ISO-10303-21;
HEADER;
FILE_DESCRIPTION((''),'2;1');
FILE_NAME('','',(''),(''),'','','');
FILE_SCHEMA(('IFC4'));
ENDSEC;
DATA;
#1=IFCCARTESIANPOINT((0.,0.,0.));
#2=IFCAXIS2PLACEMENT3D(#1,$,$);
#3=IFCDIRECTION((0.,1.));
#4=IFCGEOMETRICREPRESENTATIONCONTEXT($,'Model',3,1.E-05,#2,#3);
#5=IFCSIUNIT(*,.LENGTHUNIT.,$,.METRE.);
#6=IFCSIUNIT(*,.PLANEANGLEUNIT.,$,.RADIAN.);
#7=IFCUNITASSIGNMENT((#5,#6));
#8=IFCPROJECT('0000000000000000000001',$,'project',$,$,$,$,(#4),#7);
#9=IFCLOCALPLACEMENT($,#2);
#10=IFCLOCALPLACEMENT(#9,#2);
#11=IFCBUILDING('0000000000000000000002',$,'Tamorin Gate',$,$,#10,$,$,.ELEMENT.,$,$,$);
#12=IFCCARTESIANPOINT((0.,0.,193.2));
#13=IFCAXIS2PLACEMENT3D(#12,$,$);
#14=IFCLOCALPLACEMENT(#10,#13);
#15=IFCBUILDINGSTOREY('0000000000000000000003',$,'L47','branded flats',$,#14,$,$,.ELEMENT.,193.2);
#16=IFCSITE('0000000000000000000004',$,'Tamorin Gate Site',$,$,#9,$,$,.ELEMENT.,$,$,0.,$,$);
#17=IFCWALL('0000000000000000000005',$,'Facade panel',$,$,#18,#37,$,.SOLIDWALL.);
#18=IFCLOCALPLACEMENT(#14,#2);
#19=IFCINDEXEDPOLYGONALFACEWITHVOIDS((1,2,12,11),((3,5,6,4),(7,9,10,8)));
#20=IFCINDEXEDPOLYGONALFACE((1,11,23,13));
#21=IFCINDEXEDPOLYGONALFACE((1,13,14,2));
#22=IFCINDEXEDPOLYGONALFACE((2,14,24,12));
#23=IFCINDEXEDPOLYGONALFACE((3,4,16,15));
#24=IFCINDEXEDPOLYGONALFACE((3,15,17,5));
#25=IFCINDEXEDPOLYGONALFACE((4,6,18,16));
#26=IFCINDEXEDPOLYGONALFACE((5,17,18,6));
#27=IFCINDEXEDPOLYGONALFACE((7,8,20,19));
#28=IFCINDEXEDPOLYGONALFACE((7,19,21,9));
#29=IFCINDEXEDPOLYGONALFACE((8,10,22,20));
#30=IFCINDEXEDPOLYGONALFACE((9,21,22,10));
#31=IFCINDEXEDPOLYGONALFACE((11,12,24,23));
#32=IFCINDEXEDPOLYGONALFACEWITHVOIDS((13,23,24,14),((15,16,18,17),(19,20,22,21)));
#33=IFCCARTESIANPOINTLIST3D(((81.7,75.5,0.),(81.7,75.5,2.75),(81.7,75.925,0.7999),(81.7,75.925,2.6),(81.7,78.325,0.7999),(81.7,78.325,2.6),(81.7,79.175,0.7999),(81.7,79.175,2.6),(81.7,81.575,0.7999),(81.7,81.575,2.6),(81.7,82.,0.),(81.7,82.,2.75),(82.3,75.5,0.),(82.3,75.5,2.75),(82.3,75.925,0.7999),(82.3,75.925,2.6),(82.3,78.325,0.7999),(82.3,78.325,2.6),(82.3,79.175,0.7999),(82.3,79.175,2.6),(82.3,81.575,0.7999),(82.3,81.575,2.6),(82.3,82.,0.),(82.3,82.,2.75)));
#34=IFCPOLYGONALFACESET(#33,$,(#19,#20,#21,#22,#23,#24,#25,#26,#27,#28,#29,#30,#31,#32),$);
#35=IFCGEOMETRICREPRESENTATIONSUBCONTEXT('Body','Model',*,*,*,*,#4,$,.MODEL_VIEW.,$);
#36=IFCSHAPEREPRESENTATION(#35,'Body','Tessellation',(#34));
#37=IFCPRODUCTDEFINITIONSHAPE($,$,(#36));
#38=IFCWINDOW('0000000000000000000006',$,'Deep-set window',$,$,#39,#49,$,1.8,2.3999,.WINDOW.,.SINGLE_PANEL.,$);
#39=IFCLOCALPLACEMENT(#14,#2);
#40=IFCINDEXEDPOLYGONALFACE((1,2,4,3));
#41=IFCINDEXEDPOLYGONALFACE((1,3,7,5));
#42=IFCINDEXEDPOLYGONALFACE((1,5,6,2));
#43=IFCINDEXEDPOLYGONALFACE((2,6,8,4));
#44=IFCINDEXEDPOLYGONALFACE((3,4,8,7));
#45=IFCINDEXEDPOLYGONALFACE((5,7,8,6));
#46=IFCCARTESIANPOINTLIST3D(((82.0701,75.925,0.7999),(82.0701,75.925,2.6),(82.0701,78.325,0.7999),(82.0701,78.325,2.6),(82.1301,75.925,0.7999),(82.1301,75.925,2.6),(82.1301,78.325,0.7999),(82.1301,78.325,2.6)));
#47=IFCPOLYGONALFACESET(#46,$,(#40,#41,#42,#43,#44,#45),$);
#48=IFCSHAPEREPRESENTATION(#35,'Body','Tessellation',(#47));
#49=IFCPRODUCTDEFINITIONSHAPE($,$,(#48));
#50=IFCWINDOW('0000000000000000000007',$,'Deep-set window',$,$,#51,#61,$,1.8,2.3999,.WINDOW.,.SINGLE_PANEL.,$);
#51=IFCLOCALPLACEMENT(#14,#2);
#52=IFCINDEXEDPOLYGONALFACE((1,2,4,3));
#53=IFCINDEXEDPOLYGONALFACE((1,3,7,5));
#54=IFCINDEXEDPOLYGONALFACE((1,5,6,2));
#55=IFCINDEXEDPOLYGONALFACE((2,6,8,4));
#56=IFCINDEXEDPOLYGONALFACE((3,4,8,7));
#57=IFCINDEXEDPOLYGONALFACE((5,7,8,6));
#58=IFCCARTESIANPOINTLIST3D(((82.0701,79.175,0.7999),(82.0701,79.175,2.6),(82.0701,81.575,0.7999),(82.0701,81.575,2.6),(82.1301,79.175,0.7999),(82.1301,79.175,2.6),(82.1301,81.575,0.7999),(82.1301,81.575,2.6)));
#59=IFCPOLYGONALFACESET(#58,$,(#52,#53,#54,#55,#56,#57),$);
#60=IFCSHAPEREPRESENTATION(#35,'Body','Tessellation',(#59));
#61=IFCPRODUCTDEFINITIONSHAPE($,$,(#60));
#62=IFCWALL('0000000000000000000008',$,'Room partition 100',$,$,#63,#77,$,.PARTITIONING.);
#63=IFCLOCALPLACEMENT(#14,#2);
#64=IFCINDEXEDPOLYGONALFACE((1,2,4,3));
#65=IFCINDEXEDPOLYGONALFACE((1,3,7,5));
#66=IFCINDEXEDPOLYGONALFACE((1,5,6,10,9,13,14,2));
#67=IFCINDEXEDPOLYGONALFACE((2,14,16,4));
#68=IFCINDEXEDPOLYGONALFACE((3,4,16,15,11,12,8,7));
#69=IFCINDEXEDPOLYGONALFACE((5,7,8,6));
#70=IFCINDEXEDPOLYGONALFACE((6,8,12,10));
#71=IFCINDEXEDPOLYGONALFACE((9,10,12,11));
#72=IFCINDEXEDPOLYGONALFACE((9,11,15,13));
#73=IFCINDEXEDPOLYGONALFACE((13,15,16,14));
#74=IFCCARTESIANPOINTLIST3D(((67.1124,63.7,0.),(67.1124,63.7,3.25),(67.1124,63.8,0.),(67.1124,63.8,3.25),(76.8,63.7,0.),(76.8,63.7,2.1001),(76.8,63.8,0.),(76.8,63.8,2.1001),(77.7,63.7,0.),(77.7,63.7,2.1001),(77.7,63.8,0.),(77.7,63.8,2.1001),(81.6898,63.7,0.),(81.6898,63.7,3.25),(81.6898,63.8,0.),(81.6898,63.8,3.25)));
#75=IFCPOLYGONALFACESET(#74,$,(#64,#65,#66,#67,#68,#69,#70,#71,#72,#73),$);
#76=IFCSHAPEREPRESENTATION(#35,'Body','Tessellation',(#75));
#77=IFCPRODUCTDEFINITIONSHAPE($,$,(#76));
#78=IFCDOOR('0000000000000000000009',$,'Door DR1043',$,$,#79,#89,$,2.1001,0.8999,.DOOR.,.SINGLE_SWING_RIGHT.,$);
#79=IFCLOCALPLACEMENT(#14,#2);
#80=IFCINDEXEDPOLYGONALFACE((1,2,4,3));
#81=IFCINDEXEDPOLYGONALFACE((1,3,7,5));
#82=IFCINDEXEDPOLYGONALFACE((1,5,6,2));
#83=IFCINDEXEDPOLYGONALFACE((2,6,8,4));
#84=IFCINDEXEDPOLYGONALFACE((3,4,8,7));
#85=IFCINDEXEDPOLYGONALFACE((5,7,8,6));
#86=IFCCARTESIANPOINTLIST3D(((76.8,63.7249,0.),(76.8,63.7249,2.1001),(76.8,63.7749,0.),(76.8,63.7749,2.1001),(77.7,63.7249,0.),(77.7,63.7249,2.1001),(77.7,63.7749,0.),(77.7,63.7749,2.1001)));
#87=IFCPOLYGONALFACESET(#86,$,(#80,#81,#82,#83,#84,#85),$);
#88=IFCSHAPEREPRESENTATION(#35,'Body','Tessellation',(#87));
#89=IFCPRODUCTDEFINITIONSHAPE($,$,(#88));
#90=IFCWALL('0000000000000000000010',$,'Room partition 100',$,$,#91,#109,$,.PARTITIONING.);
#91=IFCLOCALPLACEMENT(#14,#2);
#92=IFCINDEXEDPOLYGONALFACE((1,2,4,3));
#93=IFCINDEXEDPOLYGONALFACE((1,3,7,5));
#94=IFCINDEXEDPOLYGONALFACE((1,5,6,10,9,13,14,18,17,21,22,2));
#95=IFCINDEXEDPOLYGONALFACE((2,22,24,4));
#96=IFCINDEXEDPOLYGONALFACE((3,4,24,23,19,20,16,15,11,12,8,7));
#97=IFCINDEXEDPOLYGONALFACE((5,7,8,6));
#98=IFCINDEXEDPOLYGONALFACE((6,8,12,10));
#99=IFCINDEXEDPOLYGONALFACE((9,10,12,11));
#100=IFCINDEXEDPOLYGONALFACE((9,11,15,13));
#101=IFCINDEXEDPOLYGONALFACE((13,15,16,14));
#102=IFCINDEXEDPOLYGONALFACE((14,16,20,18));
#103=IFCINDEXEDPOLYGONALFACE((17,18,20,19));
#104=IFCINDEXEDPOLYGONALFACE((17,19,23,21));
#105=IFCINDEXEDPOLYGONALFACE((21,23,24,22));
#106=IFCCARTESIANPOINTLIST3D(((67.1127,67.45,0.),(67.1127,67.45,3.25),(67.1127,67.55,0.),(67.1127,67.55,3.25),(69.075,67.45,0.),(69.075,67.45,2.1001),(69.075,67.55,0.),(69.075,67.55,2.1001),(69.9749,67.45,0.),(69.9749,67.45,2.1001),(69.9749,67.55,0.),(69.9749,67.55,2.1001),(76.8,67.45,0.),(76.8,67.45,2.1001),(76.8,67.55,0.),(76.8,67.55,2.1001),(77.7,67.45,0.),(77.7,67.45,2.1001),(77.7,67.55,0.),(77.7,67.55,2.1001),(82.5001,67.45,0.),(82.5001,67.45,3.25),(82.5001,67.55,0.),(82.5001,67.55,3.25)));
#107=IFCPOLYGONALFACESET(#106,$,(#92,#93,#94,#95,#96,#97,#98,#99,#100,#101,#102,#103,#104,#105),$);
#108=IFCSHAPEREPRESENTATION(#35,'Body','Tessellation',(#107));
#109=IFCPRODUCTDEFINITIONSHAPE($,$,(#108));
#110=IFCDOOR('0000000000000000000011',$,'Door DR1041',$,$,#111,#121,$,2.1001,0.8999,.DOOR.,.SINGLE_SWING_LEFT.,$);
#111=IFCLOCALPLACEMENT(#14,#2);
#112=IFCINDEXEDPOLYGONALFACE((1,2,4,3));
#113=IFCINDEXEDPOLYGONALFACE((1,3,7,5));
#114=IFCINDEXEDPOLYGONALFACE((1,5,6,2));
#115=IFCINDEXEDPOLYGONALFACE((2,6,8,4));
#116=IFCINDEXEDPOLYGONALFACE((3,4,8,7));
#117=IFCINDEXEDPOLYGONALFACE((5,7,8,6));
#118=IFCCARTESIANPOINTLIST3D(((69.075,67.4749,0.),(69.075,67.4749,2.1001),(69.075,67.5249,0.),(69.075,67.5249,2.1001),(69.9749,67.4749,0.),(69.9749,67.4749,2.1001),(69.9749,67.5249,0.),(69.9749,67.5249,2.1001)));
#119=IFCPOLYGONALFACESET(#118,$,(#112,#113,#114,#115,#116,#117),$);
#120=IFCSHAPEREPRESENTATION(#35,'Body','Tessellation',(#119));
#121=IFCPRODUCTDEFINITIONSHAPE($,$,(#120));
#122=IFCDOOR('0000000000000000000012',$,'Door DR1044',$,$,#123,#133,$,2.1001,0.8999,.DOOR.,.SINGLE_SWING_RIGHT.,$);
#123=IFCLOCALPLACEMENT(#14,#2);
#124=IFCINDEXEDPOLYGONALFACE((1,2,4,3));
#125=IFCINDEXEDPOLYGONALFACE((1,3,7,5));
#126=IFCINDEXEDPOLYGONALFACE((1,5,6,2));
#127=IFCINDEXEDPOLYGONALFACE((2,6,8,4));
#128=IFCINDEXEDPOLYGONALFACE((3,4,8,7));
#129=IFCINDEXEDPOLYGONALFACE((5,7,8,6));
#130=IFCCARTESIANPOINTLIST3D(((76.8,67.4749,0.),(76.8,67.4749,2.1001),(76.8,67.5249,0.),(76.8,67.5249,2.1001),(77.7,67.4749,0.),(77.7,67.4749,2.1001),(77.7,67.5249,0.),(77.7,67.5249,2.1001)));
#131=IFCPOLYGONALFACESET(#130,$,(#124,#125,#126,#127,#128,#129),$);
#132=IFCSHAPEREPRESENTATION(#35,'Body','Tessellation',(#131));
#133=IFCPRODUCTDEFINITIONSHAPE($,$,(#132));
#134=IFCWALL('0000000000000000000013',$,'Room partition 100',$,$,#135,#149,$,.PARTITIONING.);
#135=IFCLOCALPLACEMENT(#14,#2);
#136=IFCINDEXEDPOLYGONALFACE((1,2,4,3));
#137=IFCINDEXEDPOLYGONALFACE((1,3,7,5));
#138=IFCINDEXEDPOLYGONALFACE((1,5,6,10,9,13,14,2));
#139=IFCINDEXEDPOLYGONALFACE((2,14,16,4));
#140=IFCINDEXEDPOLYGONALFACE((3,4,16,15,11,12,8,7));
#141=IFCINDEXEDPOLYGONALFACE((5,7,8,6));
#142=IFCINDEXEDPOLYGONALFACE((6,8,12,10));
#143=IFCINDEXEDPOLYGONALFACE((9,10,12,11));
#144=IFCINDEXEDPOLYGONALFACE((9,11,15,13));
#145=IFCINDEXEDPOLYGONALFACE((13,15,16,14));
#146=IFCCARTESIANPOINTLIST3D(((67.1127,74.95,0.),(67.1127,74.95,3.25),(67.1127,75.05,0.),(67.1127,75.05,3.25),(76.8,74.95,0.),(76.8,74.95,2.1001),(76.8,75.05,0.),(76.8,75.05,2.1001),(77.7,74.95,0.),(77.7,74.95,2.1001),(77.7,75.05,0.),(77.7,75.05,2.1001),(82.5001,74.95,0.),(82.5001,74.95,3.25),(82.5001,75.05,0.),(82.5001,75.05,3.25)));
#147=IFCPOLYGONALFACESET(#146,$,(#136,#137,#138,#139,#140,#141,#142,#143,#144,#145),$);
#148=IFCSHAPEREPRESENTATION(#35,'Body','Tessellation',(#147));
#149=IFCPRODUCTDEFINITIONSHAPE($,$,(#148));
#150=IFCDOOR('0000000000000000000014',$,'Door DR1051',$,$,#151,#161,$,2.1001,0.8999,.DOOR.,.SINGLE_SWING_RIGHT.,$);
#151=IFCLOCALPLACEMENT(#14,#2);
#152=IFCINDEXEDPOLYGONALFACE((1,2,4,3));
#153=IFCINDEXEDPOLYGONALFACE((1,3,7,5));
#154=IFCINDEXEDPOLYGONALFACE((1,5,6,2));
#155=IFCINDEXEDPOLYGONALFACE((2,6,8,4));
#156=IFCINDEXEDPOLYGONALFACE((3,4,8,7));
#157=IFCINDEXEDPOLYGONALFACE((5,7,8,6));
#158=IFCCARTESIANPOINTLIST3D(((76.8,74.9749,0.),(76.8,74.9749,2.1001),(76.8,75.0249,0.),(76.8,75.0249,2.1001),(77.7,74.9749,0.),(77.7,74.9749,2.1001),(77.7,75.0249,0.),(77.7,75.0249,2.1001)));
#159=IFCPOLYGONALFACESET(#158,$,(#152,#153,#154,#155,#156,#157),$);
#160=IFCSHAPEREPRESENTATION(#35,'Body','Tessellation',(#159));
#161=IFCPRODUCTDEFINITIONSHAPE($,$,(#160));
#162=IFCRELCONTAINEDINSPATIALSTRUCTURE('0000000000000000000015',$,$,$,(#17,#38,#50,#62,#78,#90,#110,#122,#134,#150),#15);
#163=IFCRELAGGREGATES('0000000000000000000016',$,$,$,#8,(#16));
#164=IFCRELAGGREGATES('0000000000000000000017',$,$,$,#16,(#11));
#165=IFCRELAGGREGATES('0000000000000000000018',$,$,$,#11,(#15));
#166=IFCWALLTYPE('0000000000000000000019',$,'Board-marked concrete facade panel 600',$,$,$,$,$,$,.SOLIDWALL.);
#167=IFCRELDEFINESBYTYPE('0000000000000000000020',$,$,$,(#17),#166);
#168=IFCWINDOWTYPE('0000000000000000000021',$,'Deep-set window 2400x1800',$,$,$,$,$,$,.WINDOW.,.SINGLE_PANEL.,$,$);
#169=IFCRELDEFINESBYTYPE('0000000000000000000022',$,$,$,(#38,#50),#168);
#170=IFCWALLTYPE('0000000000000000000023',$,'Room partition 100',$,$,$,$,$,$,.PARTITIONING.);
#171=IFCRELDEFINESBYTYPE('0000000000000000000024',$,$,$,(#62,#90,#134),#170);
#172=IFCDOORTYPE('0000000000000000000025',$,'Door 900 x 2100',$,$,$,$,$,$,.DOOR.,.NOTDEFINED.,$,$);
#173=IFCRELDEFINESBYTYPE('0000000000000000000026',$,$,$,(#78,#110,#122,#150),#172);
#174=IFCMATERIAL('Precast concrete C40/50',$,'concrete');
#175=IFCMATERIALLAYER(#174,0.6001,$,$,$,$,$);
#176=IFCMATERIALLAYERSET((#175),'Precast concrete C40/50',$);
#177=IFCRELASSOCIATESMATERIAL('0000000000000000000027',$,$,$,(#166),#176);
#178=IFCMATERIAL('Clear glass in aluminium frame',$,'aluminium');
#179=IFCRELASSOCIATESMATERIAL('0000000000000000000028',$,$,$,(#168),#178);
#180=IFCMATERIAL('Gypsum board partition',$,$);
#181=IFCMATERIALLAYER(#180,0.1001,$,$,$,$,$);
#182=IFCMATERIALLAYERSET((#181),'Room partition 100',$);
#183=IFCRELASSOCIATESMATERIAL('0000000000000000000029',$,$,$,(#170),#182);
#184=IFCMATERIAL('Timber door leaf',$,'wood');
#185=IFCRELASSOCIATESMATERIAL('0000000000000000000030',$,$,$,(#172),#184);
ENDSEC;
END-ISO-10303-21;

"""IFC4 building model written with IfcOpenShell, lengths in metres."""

from ifc_helpers import new_model, si_unit, direction, frame, frame_2d, origin, place, context, subcontext, project, spatial, rectangle, extrude, material, layer, layer_set, type_object, element, fill, save


model = new_model("IFC4")

# Units and contexts
model_context = context("Model", 3, precision=1e-05, world=origin(), true_north=direction((0.0, 1.0)))
body_context = subcontext(model_context, "Body", "Model", "MODEL_VIEW")
ifc_project = project(units=[si_unit("LENGTHUNIT", "METRE"), si_unit("PLANEANGLEUNIT", "RADIAN")], contexts=[model_context])

# Site, building, storey
site_placement = place(None, origin())
site = spatial("IfcSite", under=ifc_project, at=site_placement, Name="Tamorin Gate Site", CompositionType="ELEMENT", RefElevation=0.0)
building_placement = place(site_placement, origin())
building = spatial("IfcBuilding", under=site, at=building_placement, Name="Tamorin Gate", CompositionType="ELEMENT")
storey_placement = place(building_placement, frame((0.0, 0.0, 193.2)))
storey = spatial("IfcBuildingStorey", under=building, at=storey_placement, Name="L47", Description="branded flats", CompositionType="ELEMENT", Elevation=193.2)

# Wall, openings, windows
ifc_material_1 = material(Name="Precast concrete C40/50", Category="concrete")
ifc_layer_1 = layer(ifc_material_1, 0.6001)
ifc_layer_set_1 = layer_set([ifc_layer_1], Name="Precast concrete C40/50")
wall_type_1 = type_object("IfcWallType", Name="Board-marked concrete facade panel 600", PredefinedType="SOLIDWALL", material=ifc_layer_set_1)
ifc_material_2 = material(Name="Clear glass in aluminium frame", Category="aluminium")
window_type = type_object("IfcWindowType", Name="Deep-set window 2400x1800", PartitioningType="SINGLE_PANEL", PredefinedType="WINDOW", material=ifc_material_2)
wall_1_placement = place(storey_placement, frame((82.0, 75.5, 0.0), z_axis=(0.0, 0.0, 1.0), x_axis=(0.0, 1.0, 0.0)))
wall_1 = element("IfcWall", 1, at=wall_1_placement, inside=storey, type_object=wall_type_1, Name="Facade panel", PredefinedType="SOLIDWALL", context=body_context, shape_type="SweptSolid", body=[
    extrude(rectangle(XDim=6.5, YDim=0.6001, at=frame_2d((3.25, 0.0))), origin(), (0.0, 0.0, 1.0), 2.75),
])
opening_1_placement = place(wall_1_placement, frame((0.425, 0.0, 0.8)))
opening_1 = element("IfcOpeningElement", 2, at=opening_1_placement, cuts=wall_1, PredefinedType="OPENING", context=body_context, shape_type="SweptSolid", body=[
    extrude(rectangle(XDim=2.3999, YDim=1.8, at=frame_2d((1.2, 0.8999))), frame((0.0, 0.3101, 0.0), z_axis=(0.0, -1.0, 0.0), x_axis=(1.0, 0.0, 0.0)), (0.0, 0.0, 1.0), 0.6201),
])
opening_2_placement = place(wall_1_placement, frame((3.675, 0.0, 0.8)))
opening_2 = element("IfcOpeningElement", 3, at=opening_2_placement, cuts=wall_1, PredefinedType="OPENING", context=body_context, shape_type="SweptSolid", body=[
    extrude(rectangle(XDim=2.3999, YDim=1.8, at=frame_2d((1.2, 0.8999))), frame((0.0, 0.3101, 0.0), z_axis=(0.0, -1.0, 0.0), x_axis=(1.0, 0.0, 0.0)), (0.0, 0.0, 1.0), 0.6201),
])
window_1_placement = place(opening_1_placement, origin())
window_1 = element("IfcWindow", 4, at=window_1_placement, inside=storey, type_object=window_type, Name="Deep-set window", OverallHeight=1.8, OverallWidth=2.3999, PartitioningType="SINGLE_PANEL", PredefinedType="WINDOW", context=body_context, shape_type="SweptSolid", body=[
    extrude(rectangle(XDim=2.3999, YDim=1.8, at=frame_2d((1.2, 0.8999))), frame((0.0, -0.0701, 0.0), z_axis=(0.0, -1.0, 0.0), x_axis=(1.0, 0.0, 0.0)), (0.0, 0.0, 1.0), 0.0601),
])
fill(opening_1, window_1)
window_2_placement = place(opening_2_placement, origin())
window_2 = element("IfcWindow", 5, at=window_2_placement, inside=storey, type_object=window_type, Name="Deep-set window", OverallHeight=1.8, OverallWidth=2.3999, PartitioningType="SINGLE_PANEL", PredefinedType="WINDOW", context=body_context, shape_type="SweptSolid", body=[
    extrude(rectangle(XDim=2.3999, YDim=1.8, at=frame_2d((1.2, 0.8999))), frame((0.0, -0.0701, 0.0), z_axis=(0.0, -1.0, 0.0), x_axis=(1.0, 0.0, 0.0)), (0.0, 0.0, 1.0), 0.0601),
])
fill(opening_2, window_2)

# Wall, opening, door
ifc_material_3 = material(Name="Gypsum board partition")
ifc_layer_2 = layer(ifc_material_3, 0.1001)
ifc_layer_set_2 = layer_set([ifc_layer_2], Name="Room partition 100")
wall_type_2 = type_object("IfcWallType", Name="Room partition 100", PredefinedType="PARTITIONING", material=ifc_layer_set_2)
wall_2_placement = place(storey_placement, frame((67.1125, 63.75, 0.0), z_axis=(0.0, 0.0, 1.0), x_axis=(1.0, 0.0, 0.0)))
wall_2 = element("IfcWall", 6, at=wall_2_placement, inside=storey, type_object=wall_type_2, Name="Room partition 100", PredefinedType="PARTITIONING", context=body_context, shape_type="SweptSolid", body=[
    extrude(rectangle(XDim=14.5774, YDim=0.1001, at=frame_2d((7.2886, 0.0))), origin(), (0.0, 0.0, 1.0), 3.25),
])
opening_3_placement = place(wall_2_placement, frame((9.6875, 0.0, 0.0)))
opening_3 = element("IfcOpeningElement", 7, at=opening_3_placement, cuts=wall_2, PredefinedType="OPENING", context=body_context, shape_type="SweptSolid", body=[
    extrude(rectangle(XDim=0.8999, YDim=2.1001, at=frame_2d((0.45, 1.05))), frame((0.0, 0.0601, 0.0), z_axis=(0.0, -1.0, 0.0), x_axis=(1.0, 0.0, 0.0)), (0.0, 0.0, 1.0), 0.1201),
])
ifc_material_4 = material(Name="Timber door leaf", Category="wood")
door_type = type_object("IfcDoorType", Name="Door 900 x 2100", OperationType="NOTDEFINED", PredefinedType="DOOR", material=ifc_material_4)
door_1_placement = place(opening_3_placement, origin())
door_1 = element("IfcDoor", 8, at=door_1_placement, inside=storey, type_object=door_type, Name="Door DR1043", OperationType="SINGLE_SWING_RIGHT", OverallHeight=2.1001, OverallWidth=0.8999, PredefinedType="DOOR", context=body_context, shape_type="SweptSolid", body=[
    extrude(rectangle(XDim=0.8999, YDim=2.1001, at=frame_2d((0.45, 1.05))), frame((0.0, 0.0249, 0.0), z_axis=(0.0, -1.0, 0.0), x_axis=(1.0, 0.0, 0.0)), (0.0, 0.0, 1.0), 0.05),
])
fill(opening_3, door_1)

# Wall, openings, doors
wall_3_placement = place(storey_placement, frame((67.1125, 67.5, 0.0), z_axis=(0.0, 0.0, 1.0), x_axis=(1.0, 0.0, 0.0)))
wall_3 = element("IfcWall", 9, at=wall_3_placement, inside=storey, type_object=wall_type_2, Name="Room partition 100", PredefinedType="PARTITIONING", context=body_context, shape_type="SweptSolid", body=[
    extrude(rectangle(XDim=15.3875, YDim=0.1001, at=frame_2d((7.6938, 0.0))), origin(), (0.0, 0.0, 1.0), 3.25),
])
opening_4_placement = place(wall_3_placement, frame((1.9624, 0.0, 0.0)))
opening_4 = element("IfcOpeningElement", 10, at=opening_4_placement, cuts=wall_3, PredefinedType="OPENING", context=body_context, shape_type="SweptSolid", body=[
    extrude(rectangle(XDim=0.8999, YDim=2.1001, at=frame_2d((0.45, 1.05))), frame((0.0, 0.0601, 0.0), z_axis=(0.0, -1.0, 0.0), x_axis=(1.0, 0.0, 0.0)), (0.0, 0.0, 1.0), 0.1201),
])
opening_5_placement = place(wall_3_placement, frame((9.6875, 0.0, 0.0)))
opening_5 = element("IfcOpeningElement", 11, at=opening_5_placement, cuts=wall_3, PredefinedType="OPENING", context=body_context, shape_type="SweptSolid", body=[
    extrude(rectangle(XDim=0.8999, YDim=2.1001, at=frame_2d((0.45, 1.05))), frame((0.0, 0.0601, 0.0), z_axis=(0.0, -1.0, 0.0), x_axis=(1.0, 0.0, 0.0)), (0.0, 0.0, 1.0), 0.1201),
])
door_2_placement = place(opening_4_placement, origin())
door_2 = element("IfcDoor", 12, at=door_2_placement, inside=storey, type_object=door_type, Name="Door DR1041", OperationType="SINGLE_SWING_LEFT", OverallHeight=2.1001, OverallWidth=0.8999, PredefinedType="DOOR", context=body_context, shape_type="SweptSolid", body=[
    extrude(rectangle(XDim=0.8999, YDim=2.1001, at=frame_2d((0.45, 1.05))), frame((0.0, 0.0249, 0.0), z_axis=(0.0, -1.0, 0.0), x_axis=(1.0, 0.0, 0.0)), (0.0, 0.0, 1.0), 0.05),
])
fill(opening_4, door_2)
door_3_placement = place(opening_5_placement, origin())
door_3 = element("IfcDoor", 13, at=door_3_placement, inside=storey, type_object=door_type, Name="Door DR1044", OperationType="SINGLE_SWING_RIGHT", OverallHeight=2.1001, OverallWidth=0.8999, PredefinedType="DOOR", context=body_context, shape_type="SweptSolid", body=[
    extrude(rectangle(XDim=0.8999, YDim=2.1001, at=frame_2d((0.45, 1.05))), frame((0.0, 0.0249, 0.0), z_axis=(0.0, -1.0, 0.0), x_axis=(1.0, 0.0, 0.0)), (0.0, 0.0, 1.0), 0.05),
])
fill(opening_5, door_3)

# Wall, opening, door
wall_4_placement = place(storey_placement, frame((67.1125, 75.0, 0.0), z_axis=(0.0, 0.0, 1.0), x_axis=(1.0, 0.0, 0.0)))
wall_4 = element("IfcWall", 14, at=wall_4_placement, inside=storey, type_object=wall_type_2, Name="Room partition 100", PredefinedType="PARTITIONING", context=body_context, shape_type="SweptSolid", body=[
    extrude(rectangle(XDim=15.3875, YDim=0.1001, at=frame_2d((7.6938, 0.0))), origin(), (0.0, 0.0, 1.0), 3.25),
])
opening_6_placement = place(wall_4_placement, frame((9.6875, 0.0, 0.0)))
opening_6 = element("IfcOpeningElement", 15, at=opening_6_placement, cuts=wall_4, PredefinedType="OPENING", context=body_context, shape_type="SweptSolid", body=[
    extrude(rectangle(XDim=0.8999, YDim=2.1001, at=frame_2d((0.45, 1.05))), frame((0.0, 0.0601, 0.0), z_axis=(0.0, -1.0, 0.0), x_axis=(1.0, 0.0, 0.0)), (0.0, 0.0, 1.0), 0.1201),
])
door_4_placement = place(opening_6_placement, origin())
door_4 = element("IfcDoor", 16, at=door_4_placement, inside=storey, type_object=door_type, Name="Door DR1051", OperationType="SINGLE_SWING_RIGHT", OverallHeight=2.1001, OverallWidth=0.8999, PredefinedType="DOOR", context=body_context, shape_type="SweptSolid", body=[
    extrude(rectangle(XDim=0.8999, YDim=2.1001, at=frame_2d((0.45, 1.05))), frame((0.0, 0.0249, 0.0), z_axis=(0.0, -1.0, 0.0), x_axis=(1.0, 0.0, 0.0)), (0.0, 0.0, 1.0), 0.05),
])
fill(opening_6, door_4)

save(model, "model.ifc")
